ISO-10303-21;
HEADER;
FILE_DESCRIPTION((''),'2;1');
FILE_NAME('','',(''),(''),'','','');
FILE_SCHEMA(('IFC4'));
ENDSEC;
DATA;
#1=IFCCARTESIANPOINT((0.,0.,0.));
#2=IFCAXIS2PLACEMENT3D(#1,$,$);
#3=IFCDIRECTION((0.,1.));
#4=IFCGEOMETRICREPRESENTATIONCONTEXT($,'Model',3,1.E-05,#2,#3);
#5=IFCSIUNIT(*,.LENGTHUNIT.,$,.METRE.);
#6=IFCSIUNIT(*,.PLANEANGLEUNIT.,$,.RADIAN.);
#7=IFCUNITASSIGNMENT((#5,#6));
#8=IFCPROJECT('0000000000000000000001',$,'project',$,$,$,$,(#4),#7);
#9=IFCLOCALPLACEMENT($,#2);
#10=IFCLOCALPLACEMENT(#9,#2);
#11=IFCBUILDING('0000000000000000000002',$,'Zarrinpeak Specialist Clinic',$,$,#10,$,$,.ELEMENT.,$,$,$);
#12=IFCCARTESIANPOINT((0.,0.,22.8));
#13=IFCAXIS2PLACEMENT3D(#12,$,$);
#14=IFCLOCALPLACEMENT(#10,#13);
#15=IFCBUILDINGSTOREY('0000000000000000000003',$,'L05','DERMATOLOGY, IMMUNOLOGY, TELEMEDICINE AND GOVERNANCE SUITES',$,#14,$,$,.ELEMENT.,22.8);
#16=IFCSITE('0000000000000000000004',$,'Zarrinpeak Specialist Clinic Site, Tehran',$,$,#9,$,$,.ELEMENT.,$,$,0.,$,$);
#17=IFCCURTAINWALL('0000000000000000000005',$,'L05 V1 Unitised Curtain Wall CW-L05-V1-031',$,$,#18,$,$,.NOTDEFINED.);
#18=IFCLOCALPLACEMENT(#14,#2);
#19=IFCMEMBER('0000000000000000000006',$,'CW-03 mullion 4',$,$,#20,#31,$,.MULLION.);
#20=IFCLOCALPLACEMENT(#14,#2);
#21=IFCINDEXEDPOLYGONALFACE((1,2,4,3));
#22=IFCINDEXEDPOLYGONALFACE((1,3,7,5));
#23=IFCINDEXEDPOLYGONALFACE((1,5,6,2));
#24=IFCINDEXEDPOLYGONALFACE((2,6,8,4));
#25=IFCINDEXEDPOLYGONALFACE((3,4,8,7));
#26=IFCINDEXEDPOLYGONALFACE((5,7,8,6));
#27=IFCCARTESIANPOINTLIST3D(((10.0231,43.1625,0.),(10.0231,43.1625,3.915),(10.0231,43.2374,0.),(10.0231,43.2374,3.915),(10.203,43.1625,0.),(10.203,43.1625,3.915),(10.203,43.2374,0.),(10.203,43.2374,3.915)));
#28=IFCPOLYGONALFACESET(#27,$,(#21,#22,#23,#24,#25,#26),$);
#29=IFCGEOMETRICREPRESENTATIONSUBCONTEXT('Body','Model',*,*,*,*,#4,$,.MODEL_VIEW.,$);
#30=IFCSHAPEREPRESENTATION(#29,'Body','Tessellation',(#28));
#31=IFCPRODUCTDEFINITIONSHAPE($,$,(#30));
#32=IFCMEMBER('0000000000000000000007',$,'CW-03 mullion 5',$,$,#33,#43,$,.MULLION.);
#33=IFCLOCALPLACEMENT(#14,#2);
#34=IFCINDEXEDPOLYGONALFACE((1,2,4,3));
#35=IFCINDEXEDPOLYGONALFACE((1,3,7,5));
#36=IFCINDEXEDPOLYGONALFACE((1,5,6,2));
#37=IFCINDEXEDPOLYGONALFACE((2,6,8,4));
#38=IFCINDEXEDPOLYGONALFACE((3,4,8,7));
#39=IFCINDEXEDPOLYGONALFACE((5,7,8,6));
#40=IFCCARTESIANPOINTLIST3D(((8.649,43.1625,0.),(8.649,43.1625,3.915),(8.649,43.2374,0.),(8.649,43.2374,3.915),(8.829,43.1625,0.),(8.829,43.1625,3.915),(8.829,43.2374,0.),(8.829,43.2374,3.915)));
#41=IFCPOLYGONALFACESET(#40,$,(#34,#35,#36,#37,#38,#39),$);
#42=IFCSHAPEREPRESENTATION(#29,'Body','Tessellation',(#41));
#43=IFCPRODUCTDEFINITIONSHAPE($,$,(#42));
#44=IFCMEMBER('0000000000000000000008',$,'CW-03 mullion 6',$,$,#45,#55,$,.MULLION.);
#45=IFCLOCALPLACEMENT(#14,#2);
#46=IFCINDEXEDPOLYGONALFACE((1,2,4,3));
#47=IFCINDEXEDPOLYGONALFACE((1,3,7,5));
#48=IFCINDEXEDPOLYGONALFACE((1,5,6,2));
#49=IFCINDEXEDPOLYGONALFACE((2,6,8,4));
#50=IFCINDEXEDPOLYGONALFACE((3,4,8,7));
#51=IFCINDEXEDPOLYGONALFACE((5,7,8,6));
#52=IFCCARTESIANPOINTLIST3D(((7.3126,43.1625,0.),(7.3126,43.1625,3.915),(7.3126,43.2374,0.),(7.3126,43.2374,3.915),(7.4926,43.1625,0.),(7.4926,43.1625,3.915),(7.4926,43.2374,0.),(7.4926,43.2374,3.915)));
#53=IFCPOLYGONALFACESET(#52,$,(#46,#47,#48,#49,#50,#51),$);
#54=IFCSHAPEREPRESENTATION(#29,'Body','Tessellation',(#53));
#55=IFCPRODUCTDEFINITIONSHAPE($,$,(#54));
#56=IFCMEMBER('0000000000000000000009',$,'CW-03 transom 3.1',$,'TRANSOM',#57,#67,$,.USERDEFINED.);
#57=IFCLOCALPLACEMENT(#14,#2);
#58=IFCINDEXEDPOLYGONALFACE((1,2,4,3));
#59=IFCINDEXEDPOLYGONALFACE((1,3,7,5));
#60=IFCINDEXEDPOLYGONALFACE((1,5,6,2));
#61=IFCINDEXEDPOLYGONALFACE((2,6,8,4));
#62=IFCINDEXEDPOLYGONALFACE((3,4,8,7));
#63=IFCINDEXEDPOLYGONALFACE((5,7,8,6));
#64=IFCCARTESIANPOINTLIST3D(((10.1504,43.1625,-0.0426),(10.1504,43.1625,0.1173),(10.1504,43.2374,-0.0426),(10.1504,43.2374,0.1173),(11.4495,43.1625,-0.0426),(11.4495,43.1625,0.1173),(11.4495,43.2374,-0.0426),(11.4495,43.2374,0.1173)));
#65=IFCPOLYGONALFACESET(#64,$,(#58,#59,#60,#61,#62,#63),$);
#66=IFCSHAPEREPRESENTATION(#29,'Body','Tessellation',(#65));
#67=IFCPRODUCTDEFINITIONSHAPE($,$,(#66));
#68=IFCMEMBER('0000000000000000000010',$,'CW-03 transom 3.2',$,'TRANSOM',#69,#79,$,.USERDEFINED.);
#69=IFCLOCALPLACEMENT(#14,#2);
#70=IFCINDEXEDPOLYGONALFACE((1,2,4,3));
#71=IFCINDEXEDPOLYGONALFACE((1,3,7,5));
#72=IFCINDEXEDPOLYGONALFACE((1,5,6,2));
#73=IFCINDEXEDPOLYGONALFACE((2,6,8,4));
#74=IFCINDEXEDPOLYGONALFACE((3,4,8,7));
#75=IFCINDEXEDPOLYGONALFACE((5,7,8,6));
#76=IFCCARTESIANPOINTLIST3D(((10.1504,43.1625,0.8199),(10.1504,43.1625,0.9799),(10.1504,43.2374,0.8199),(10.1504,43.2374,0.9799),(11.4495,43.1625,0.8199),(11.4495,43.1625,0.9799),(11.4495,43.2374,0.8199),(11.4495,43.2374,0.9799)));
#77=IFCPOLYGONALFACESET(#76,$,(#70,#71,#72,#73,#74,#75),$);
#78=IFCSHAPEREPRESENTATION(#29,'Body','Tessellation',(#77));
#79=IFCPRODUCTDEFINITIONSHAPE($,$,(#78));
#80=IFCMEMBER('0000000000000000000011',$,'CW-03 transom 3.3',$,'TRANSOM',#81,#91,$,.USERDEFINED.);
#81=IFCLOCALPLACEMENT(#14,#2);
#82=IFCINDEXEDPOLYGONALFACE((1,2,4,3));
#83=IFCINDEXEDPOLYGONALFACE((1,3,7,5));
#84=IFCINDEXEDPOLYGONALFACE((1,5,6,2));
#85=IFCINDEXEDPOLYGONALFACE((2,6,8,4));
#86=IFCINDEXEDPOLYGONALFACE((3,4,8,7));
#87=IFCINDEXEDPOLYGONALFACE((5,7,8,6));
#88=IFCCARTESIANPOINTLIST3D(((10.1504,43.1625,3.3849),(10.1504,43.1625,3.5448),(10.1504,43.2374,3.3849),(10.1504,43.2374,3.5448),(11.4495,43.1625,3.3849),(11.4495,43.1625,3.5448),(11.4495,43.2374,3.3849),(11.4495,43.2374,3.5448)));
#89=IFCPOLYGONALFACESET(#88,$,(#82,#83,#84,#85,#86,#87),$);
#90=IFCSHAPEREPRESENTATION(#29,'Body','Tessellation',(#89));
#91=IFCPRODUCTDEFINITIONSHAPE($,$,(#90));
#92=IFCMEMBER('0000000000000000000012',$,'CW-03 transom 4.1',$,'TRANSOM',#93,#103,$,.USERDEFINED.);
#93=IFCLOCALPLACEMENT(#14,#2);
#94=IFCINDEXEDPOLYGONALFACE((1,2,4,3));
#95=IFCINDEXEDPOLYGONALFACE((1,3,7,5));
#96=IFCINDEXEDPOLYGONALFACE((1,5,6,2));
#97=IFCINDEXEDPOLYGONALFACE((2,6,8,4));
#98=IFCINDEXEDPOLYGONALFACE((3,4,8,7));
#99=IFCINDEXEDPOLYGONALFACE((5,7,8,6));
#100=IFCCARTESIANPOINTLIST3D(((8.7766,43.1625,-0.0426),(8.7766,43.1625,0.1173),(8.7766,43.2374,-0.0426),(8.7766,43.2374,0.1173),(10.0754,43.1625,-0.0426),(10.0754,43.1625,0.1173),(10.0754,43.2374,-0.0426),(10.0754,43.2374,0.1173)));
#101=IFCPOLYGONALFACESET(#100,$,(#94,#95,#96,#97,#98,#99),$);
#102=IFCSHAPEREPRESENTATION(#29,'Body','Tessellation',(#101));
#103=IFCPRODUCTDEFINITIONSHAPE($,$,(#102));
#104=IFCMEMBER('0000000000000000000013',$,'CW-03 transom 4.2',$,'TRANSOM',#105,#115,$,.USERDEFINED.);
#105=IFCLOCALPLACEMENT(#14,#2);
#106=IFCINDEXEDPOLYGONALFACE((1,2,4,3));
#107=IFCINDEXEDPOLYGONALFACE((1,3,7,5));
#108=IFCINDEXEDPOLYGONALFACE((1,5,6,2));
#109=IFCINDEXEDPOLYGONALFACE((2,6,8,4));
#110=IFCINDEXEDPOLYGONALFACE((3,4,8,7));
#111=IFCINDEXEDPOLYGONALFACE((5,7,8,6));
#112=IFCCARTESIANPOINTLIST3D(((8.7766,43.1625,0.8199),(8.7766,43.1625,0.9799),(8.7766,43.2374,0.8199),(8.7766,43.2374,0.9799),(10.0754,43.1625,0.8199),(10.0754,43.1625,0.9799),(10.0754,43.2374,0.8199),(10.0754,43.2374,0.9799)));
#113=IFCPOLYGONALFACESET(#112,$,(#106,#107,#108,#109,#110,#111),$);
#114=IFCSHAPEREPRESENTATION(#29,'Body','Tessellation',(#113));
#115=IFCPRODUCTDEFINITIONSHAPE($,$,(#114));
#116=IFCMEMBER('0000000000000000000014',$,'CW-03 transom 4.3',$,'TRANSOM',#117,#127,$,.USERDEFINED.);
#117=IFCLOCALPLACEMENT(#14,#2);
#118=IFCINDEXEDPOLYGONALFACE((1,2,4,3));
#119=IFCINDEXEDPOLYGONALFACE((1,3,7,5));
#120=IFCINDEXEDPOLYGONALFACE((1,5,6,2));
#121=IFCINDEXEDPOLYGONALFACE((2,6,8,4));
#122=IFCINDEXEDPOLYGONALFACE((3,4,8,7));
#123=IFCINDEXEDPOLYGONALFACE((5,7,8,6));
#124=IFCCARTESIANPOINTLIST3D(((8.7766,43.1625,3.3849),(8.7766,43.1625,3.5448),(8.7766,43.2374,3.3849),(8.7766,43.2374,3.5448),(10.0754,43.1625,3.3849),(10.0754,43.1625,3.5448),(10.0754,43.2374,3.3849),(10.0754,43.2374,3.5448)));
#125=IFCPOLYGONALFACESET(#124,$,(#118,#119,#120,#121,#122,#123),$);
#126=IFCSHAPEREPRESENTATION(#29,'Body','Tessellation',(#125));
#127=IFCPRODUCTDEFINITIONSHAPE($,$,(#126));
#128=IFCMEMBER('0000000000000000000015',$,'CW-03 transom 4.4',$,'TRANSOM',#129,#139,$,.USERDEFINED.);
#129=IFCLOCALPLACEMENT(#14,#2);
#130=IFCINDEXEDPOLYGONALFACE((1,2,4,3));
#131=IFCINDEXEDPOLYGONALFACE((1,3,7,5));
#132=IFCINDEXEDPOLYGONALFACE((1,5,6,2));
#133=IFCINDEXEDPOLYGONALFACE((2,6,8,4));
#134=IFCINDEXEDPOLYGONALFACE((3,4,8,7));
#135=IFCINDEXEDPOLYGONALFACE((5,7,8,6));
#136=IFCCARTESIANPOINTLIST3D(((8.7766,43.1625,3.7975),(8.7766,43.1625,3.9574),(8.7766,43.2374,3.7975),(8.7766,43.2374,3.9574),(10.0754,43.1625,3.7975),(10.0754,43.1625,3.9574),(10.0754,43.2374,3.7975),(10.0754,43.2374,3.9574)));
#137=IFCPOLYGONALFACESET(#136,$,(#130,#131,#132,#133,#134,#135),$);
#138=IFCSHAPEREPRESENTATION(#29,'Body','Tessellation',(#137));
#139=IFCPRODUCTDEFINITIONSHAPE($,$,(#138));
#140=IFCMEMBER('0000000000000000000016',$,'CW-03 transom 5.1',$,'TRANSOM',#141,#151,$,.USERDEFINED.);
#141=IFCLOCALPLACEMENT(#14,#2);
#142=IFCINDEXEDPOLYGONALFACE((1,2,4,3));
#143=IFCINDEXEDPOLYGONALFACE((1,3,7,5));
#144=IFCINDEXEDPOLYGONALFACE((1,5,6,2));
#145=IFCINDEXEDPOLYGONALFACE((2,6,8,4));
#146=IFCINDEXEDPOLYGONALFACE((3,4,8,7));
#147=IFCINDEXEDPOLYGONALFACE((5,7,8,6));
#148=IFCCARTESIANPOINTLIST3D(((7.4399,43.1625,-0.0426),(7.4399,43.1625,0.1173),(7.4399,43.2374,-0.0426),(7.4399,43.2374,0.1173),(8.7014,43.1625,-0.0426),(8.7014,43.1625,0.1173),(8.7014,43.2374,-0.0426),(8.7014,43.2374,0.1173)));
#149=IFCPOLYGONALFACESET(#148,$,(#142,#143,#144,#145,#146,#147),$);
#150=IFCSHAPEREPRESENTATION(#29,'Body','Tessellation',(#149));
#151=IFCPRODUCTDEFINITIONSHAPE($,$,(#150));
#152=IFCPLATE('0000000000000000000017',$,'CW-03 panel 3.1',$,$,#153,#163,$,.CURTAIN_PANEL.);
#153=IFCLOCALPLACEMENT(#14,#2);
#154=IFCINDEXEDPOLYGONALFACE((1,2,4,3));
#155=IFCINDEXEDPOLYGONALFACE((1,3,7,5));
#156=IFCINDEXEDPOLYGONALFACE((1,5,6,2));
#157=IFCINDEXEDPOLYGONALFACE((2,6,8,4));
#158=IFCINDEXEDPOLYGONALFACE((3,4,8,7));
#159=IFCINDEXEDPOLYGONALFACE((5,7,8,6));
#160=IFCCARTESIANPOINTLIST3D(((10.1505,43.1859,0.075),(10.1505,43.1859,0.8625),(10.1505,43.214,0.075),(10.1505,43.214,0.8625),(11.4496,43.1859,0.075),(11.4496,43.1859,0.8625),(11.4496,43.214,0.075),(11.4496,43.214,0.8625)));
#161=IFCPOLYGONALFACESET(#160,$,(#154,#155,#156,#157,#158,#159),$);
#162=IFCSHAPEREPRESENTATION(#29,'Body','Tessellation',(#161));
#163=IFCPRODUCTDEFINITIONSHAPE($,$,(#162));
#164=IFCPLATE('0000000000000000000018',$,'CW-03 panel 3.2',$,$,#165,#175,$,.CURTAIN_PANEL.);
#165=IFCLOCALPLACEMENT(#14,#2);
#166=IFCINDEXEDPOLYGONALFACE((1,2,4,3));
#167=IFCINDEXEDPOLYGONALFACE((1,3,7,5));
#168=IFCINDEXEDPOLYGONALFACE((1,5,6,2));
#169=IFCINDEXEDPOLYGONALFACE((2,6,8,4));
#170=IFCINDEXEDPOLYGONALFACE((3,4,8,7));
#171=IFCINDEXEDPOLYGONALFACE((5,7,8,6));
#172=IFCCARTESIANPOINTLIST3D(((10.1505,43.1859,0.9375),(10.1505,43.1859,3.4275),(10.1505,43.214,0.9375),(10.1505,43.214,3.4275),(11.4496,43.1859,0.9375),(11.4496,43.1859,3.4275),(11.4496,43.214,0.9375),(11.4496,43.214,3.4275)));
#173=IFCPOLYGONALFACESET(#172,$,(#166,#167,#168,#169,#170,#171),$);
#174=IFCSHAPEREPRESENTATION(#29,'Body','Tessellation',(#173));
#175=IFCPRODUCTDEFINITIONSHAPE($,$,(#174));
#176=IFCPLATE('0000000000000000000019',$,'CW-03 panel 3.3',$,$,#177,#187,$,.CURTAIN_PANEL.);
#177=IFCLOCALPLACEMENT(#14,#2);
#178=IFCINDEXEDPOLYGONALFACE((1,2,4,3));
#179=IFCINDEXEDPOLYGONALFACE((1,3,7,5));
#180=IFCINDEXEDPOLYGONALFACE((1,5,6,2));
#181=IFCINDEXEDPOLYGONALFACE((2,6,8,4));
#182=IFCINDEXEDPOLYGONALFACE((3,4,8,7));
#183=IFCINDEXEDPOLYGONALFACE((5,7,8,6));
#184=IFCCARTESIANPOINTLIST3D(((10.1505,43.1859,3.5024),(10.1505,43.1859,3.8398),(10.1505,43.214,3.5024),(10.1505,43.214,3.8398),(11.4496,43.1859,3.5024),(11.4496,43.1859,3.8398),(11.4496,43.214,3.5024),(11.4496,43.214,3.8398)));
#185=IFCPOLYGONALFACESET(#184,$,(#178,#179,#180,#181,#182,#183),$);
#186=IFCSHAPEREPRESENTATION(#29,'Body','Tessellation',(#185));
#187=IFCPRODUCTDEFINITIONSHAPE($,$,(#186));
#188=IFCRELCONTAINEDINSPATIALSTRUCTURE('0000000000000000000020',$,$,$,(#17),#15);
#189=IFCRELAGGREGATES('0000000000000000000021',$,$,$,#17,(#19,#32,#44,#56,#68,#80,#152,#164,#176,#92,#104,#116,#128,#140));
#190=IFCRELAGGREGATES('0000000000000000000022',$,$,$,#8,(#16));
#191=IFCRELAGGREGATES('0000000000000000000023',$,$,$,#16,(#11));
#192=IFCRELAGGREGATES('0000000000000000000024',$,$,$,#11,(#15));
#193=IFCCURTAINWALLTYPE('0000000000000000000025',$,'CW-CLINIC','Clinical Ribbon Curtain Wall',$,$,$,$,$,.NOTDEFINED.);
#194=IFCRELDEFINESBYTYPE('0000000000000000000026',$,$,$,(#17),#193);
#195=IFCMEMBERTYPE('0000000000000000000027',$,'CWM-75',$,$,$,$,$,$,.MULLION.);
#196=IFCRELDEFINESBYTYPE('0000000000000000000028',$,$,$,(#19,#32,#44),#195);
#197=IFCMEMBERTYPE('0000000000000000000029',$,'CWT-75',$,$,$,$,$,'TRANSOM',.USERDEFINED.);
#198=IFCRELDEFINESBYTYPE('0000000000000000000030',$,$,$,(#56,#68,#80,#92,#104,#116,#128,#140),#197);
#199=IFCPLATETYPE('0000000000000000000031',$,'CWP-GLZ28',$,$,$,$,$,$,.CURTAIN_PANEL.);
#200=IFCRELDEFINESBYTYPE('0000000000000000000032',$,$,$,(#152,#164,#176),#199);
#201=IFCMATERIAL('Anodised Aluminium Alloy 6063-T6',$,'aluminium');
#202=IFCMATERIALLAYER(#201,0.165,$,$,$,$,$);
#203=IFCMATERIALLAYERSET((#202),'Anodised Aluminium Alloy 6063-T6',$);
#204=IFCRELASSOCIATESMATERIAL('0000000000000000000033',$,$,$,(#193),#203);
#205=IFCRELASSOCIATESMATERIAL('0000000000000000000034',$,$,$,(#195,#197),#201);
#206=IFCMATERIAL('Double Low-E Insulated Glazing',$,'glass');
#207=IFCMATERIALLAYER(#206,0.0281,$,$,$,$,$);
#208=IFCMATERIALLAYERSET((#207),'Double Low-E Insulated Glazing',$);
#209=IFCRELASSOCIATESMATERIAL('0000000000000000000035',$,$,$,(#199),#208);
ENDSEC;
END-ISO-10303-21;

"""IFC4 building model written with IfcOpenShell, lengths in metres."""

from ifc_helpers import new_model, si_unit, direction, frame, origin, origin_2d, place, context, subcontext, project, spatial, rectangle, extrude, material, layer, layer_set, material_profile, profile_set, type_object, element, aggregate, save


model = new_model("IFC4")

# Units and contexts
model_context = context("Model", 3, precision=1e-05, world=origin(), true_north=direction((0.0, 1.0)))
body_context = subcontext(model_context, "Body", "Model", "MODEL_VIEW")
ifc_project = project(units=[si_unit("LENGTHUNIT", "METRE"), si_unit("PLANEANGLEUNIT", "RADIAN")], contexts=[model_context])

# Site, building, storey
site_placement = place(None, origin())
site = spatial("IfcSite", under=ifc_project, at=site_placement, Name="Zarrinpeak Specialist Clinic Site, Tehran", CompositionType="ELEMENT", RefElevation=0.0)
building_placement = place(site_placement, origin())
building = spatial("IfcBuilding", under=site, at=building_placement, Name="Zarrinpeak Specialist Clinic", CompositionType="ELEMENT")
storey_placement = place(building_placement, frame((0.0, 0.0, 22.8)))
storey = spatial("IfcBuildingStorey", under=building, at=storey_placement, Name="L05", Description="DERMATOLOGY, IMMUNOLOGY, TELEMEDICINE AND GOVERNANCE SUITES", CompositionType="ELEMENT", Elevation=22.8)

# Curtain wall, members, plates
ifc_material_1 = material(Name="Anodised Aluminium Alloy 6063-T6", Category="aluminium")
ifc_layer_1 = layer(ifc_material_1, 0.165)
ifc_layer_set_1 = layer_set([ifc_layer_1], Name="Anodised Aluminium Alloy 6063-T6")
curtain_wall_type = type_object("IfcCurtainWallType", Name="CW-CLINIC", Description="Clinical Ribbon Curtain Wall", PredefinedType="NOTDEFINED", material=ifc_layer_set_1)
curtain_wall_placement = place(storey_placement, origin())
curtain_wall = element("IfcCurtainWall", 1, at=curtain_wall_placement, inside=storey, type_object=curtain_wall_type, Name="L05 V1 Unitised Curtain Wall CW-L05-V1-031", PredefinedType="NOTDEFINED")
ifc_material_profile_1 = material_profile(ifc_material_1, rectangle(XDim=0.075, YDim=0.1799, at=origin_2d()), Name="ALU 75x180")
ifc_profile_set_1 = profile_set([ifc_material_profile_1], Name="Anodised Aluminium Alloy 6063-T6")
member_type_1 = type_object("IfcMemberType", Name="CWM-75", PredefinedType="MULLION", material=ifc_profile_set_1)
member_1_placement = place(storey_placement, frame((10.113, 43.2, 0.0), z_axis=(0.0, 0.0, 1.0), x_axis=(0.0, -1.0, 0.0)))
member_1 = element("IfcMember", 2, at=member_1_placement, type_object=member_type_1, Name="CW-03 mullion 4", PredefinedType="MULLION", context=body_context, shape_type="SweptSolid", body=[
    extrude(rectangle(XDim=0.075, YDim=0.1799, at=origin_2d()), origin(), (0.0, 0.0, 1.0), 3.915),
])
member_2_placement = place(storey_placement, frame((8.739, 43.2, 0.0), z_axis=(0.0, 0.0, 1.0), x_axis=(0.0, -1.0, 0.0)))
member_2 = element("IfcMember", 3, at=member_2_placement, type_object=member_type_1, Name="CW-03 mullion 5", PredefinedType="MULLION", context=body_context, shape_type="SweptSolid", body=[
    extrude(rectangle(XDim=0.075, YDim=0.1799, at=origin_2d()), origin(), (0.0, 0.0, 1.0), 3.915),
])
member_3_placement = place(storey_placement, frame((7.4026, 43.2, 0.0), z_axis=(0.0, 0.0, 1.0), x_axis=(0.0, -1.0, 0.0)))
member_3 = element("IfcMember", 4, at=member_3_placement, type_object=member_type_1, Name="CW-03 mullion 6", PredefinedType="MULLION", context=body_context, shape_type="SweptSolid", body=[
    extrude(rectangle(XDim=0.075, YDim=0.1799, at=origin_2d()), origin(), (0.0, 0.0, 1.0), 3.915),
])
ifc_material_profile_2 = material_profile(ifc_material_1, rectangle(XDim=0.075, YDim=0.1599, at=origin_2d()), Name="ALU 75x160")
ifc_profile_set_2 = profile_set([ifc_material_profile_2], Name="Anodised Aluminium Alloy 6063-T6")
member_type_2 = type_object("IfcMemberType", Name="CWT-75", ElementType="TRANSOM", PredefinedType="USERDEFINED", material=ifc_profile_set_2)
member_4_placement = place(storey_placement, frame((11.4495, 43.2, 0.0374), z_axis=(-1.0, 0.0, 0.0), x_axis=(0.0, -1.0, 0.0)))
member_4 = element("IfcMember", 5, at=member_4_placement, type_object=member_type_2, Name="CW-03 transom 3.1", ObjectType="TRANSOM", PredefinedType="USERDEFINED", context=body_context, shape_type="SweptSolid", body=[
    extrude(rectangle(XDim=0.075, YDim=0.1599, at=origin_2d()), origin(), (0.0, 0.0, 1.0), 1.2991),
])
member_5_placement = place(storey_placement, frame((11.4495, 43.2, 0.8999), z_axis=(-1.0, 0.0, 0.0), x_axis=(0.0, -1.0, 0.0)))
member_5 = element("IfcMember", 6, at=member_5_placement, type_object=member_type_2, Name="CW-03 transom 3.2", ObjectType="TRANSOM", PredefinedType="USERDEFINED", context=body_context, shape_type="SweptSolid", body=[
    extrude(rectangle(XDim=0.075, YDim=0.1599, at=origin_2d()), origin(), (0.0, 0.0, 1.0), 1.2991),
])
member_6_placement = place(storey_placement, frame((11.4495, 43.2, 3.4648), z_axis=(-1.0, 0.0, 0.0), x_axis=(0.0, -1.0, 0.0)))
member_6 = element("IfcMember", 7, at=member_6_placement, type_object=member_type_2, Name="CW-03 transom 3.3", ObjectType="TRANSOM", PredefinedType="USERDEFINED", context=body_context, shape_type="SweptSolid", body=[
    extrude(rectangle(XDim=0.075, YDim=0.1599, at=origin_2d()), origin(), (0.0, 0.0, 1.0), 1.2991),
])
member_7_placement = place(storey_placement, frame((10.0754, 43.2, 0.0374), z_axis=(-1.0, 0.0, 0.0), x_axis=(0.0, -1.0, 0.0)))
member_7 = element("IfcMember", 8, at=member_7_placement, type_object=member_type_2, Name="CW-03 transom 4.1", ObjectType="TRANSOM", PredefinedType="USERDEFINED", context=body_context, shape_type="SweptSolid", body=[
    extrude(rectangle(XDim=0.075, YDim=0.1599, at=origin_2d()), origin(), (0.0, 0.0, 1.0), 1.2988),
])
member_8_placement = place(storey_placement, frame((10.0754, 43.2, 0.8999), z_axis=(-1.0, 0.0, 0.0), x_axis=(0.0, -1.0, 0.0)))
member_8 = element("IfcMember", 9, at=member_8_placement, type_object=member_type_2, Name="CW-03 transom 4.2", ObjectType="TRANSOM", PredefinedType="USERDEFINED", context=body_context, shape_type="SweptSolid", body=[
    extrude(rectangle(XDim=0.075, YDim=0.1599, at=origin_2d()), origin(), (0.0, 0.0, 1.0), 1.2988),
])
member_9_placement = place(storey_placement, frame((10.0754, 43.2, 3.4648), z_axis=(-1.0, 0.0, 0.0), x_axis=(0.0, -1.0, 0.0)))
member_9 = element("IfcMember", 10, at=member_9_placement, type_object=member_type_2, Name="CW-03 transom 4.3", ObjectType="TRANSOM", PredefinedType="USERDEFINED", context=body_context, shape_type="SweptSolid", body=[
    extrude(rectangle(XDim=0.075, YDim=0.1599, at=origin_2d()), origin(), (0.0, 0.0, 1.0), 1.2988),
])
member_10_placement = place(storey_placement, frame((10.0754, 43.2, 3.8774), z_axis=(-1.0, 0.0, 0.0), x_axis=(0.0, -1.0, 0.0)))
member_10 = element("IfcMember", 11, at=member_10_placement, type_object=member_type_2, Name="CW-03 transom 4.4", ObjectType="TRANSOM", PredefinedType="USERDEFINED", context=body_context, shape_type="SweptSolid", body=[
    extrude(rectangle(XDim=0.075, YDim=0.1599, at=origin_2d()), origin(), (0.0, 0.0, 1.0), 1.2988),
])
member_11_placement = place(storey_placement, frame((8.7014, 43.2, 0.0374), z_axis=(-1.0, 0.0, 0.0), x_axis=(0.0, -1.0, 0.0)))
member_11 = element("IfcMember", 12, at=member_11_placement, type_object=member_type_2, Name="CW-03 transom 5.1", ObjectType="TRANSOM", PredefinedType="USERDEFINED", context=body_context, shape_type="SweptSolid", body=[
    extrude(rectangle(XDim=0.075, YDim=0.1599, at=origin_2d()), origin(), (0.0, 0.0, 1.0), 1.2615),
])
ifc_material_2 = material(Name="Double Low-E Insulated Glazing", Category="glass")
ifc_layer_2 = layer(ifc_material_2, 0.0281)
ifc_layer_set_2 = layer_set([ifc_layer_2], Name="Double Low-E Insulated Glazing")
plate_type = type_object("IfcPlateType", Name="CWP-GLZ28", PredefinedType="CURTAIN_PANEL", material=ifc_layer_set_2)
plate_1_placement = place(storey_placement, frame((10.8, 43.2, 0.075), z_axis=(0.0, 0.0, 1.0), x_axis=(-1.0, 0.0, 0.0)))
plate_1 = element("IfcPlate", 13, at=plate_1_placement, type_object=plate_type, Name="CW-03 panel 3.1", PredefinedType="CURTAIN_PANEL", context=body_context, shape_type="SweptSolid", body=[
    extrude(rectangle(XDim=1.2991, YDim=0.0281, at=origin_2d()), origin(), (0.0, 0.0, 1.0), 0.7876),
])
plate_2_placement = place(storey_placement, frame((10.8, 43.2, 0.9375), z_axis=(0.0, 0.0, 1.0), x_axis=(-1.0, 0.0, 0.0)))
plate_2 = element("IfcPlate", 14, at=plate_2_placement, type_object=plate_type, Name="CW-03 panel 3.2", PredefinedType="CURTAIN_PANEL", context=body_context, shape_type="SweptSolid", body=[
    extrude(rectangle(XDim=1.2991, YDim=0.0281, at=origin_2d()), origin(), (0.0, 0.0, 1.0), 2.49),
])
plate_3_placement = place(storey_placement, frame((10.8, 43.2, 3.5024), z_axis=(0.0, 0.0, 1.0), x_axis=(-1.0, 0.0, 0.0)))
plate_3 = element("IfcPlate", 15, at=plate_3_placement, type_object=plate_type, Name="CW-03 panel 3.3", PredefinedType="CURTAIN_PANEL", context=body_context, shape_type="SweptSolid", body=[
    extrude(rectangle(XDim=1.2991, YDim=0.0281, at=origin_2d()), origin(), (0.0, 0.0, 1.0), 0.3374),
])
aggregate(curtain_wall, [member_1, member_2, member_3, member_4, member_5, member_6, plate_1, plate_2, plate_3, member_7, member_8, member_9, member_10, member_11])

save(model, "model.ifc")
